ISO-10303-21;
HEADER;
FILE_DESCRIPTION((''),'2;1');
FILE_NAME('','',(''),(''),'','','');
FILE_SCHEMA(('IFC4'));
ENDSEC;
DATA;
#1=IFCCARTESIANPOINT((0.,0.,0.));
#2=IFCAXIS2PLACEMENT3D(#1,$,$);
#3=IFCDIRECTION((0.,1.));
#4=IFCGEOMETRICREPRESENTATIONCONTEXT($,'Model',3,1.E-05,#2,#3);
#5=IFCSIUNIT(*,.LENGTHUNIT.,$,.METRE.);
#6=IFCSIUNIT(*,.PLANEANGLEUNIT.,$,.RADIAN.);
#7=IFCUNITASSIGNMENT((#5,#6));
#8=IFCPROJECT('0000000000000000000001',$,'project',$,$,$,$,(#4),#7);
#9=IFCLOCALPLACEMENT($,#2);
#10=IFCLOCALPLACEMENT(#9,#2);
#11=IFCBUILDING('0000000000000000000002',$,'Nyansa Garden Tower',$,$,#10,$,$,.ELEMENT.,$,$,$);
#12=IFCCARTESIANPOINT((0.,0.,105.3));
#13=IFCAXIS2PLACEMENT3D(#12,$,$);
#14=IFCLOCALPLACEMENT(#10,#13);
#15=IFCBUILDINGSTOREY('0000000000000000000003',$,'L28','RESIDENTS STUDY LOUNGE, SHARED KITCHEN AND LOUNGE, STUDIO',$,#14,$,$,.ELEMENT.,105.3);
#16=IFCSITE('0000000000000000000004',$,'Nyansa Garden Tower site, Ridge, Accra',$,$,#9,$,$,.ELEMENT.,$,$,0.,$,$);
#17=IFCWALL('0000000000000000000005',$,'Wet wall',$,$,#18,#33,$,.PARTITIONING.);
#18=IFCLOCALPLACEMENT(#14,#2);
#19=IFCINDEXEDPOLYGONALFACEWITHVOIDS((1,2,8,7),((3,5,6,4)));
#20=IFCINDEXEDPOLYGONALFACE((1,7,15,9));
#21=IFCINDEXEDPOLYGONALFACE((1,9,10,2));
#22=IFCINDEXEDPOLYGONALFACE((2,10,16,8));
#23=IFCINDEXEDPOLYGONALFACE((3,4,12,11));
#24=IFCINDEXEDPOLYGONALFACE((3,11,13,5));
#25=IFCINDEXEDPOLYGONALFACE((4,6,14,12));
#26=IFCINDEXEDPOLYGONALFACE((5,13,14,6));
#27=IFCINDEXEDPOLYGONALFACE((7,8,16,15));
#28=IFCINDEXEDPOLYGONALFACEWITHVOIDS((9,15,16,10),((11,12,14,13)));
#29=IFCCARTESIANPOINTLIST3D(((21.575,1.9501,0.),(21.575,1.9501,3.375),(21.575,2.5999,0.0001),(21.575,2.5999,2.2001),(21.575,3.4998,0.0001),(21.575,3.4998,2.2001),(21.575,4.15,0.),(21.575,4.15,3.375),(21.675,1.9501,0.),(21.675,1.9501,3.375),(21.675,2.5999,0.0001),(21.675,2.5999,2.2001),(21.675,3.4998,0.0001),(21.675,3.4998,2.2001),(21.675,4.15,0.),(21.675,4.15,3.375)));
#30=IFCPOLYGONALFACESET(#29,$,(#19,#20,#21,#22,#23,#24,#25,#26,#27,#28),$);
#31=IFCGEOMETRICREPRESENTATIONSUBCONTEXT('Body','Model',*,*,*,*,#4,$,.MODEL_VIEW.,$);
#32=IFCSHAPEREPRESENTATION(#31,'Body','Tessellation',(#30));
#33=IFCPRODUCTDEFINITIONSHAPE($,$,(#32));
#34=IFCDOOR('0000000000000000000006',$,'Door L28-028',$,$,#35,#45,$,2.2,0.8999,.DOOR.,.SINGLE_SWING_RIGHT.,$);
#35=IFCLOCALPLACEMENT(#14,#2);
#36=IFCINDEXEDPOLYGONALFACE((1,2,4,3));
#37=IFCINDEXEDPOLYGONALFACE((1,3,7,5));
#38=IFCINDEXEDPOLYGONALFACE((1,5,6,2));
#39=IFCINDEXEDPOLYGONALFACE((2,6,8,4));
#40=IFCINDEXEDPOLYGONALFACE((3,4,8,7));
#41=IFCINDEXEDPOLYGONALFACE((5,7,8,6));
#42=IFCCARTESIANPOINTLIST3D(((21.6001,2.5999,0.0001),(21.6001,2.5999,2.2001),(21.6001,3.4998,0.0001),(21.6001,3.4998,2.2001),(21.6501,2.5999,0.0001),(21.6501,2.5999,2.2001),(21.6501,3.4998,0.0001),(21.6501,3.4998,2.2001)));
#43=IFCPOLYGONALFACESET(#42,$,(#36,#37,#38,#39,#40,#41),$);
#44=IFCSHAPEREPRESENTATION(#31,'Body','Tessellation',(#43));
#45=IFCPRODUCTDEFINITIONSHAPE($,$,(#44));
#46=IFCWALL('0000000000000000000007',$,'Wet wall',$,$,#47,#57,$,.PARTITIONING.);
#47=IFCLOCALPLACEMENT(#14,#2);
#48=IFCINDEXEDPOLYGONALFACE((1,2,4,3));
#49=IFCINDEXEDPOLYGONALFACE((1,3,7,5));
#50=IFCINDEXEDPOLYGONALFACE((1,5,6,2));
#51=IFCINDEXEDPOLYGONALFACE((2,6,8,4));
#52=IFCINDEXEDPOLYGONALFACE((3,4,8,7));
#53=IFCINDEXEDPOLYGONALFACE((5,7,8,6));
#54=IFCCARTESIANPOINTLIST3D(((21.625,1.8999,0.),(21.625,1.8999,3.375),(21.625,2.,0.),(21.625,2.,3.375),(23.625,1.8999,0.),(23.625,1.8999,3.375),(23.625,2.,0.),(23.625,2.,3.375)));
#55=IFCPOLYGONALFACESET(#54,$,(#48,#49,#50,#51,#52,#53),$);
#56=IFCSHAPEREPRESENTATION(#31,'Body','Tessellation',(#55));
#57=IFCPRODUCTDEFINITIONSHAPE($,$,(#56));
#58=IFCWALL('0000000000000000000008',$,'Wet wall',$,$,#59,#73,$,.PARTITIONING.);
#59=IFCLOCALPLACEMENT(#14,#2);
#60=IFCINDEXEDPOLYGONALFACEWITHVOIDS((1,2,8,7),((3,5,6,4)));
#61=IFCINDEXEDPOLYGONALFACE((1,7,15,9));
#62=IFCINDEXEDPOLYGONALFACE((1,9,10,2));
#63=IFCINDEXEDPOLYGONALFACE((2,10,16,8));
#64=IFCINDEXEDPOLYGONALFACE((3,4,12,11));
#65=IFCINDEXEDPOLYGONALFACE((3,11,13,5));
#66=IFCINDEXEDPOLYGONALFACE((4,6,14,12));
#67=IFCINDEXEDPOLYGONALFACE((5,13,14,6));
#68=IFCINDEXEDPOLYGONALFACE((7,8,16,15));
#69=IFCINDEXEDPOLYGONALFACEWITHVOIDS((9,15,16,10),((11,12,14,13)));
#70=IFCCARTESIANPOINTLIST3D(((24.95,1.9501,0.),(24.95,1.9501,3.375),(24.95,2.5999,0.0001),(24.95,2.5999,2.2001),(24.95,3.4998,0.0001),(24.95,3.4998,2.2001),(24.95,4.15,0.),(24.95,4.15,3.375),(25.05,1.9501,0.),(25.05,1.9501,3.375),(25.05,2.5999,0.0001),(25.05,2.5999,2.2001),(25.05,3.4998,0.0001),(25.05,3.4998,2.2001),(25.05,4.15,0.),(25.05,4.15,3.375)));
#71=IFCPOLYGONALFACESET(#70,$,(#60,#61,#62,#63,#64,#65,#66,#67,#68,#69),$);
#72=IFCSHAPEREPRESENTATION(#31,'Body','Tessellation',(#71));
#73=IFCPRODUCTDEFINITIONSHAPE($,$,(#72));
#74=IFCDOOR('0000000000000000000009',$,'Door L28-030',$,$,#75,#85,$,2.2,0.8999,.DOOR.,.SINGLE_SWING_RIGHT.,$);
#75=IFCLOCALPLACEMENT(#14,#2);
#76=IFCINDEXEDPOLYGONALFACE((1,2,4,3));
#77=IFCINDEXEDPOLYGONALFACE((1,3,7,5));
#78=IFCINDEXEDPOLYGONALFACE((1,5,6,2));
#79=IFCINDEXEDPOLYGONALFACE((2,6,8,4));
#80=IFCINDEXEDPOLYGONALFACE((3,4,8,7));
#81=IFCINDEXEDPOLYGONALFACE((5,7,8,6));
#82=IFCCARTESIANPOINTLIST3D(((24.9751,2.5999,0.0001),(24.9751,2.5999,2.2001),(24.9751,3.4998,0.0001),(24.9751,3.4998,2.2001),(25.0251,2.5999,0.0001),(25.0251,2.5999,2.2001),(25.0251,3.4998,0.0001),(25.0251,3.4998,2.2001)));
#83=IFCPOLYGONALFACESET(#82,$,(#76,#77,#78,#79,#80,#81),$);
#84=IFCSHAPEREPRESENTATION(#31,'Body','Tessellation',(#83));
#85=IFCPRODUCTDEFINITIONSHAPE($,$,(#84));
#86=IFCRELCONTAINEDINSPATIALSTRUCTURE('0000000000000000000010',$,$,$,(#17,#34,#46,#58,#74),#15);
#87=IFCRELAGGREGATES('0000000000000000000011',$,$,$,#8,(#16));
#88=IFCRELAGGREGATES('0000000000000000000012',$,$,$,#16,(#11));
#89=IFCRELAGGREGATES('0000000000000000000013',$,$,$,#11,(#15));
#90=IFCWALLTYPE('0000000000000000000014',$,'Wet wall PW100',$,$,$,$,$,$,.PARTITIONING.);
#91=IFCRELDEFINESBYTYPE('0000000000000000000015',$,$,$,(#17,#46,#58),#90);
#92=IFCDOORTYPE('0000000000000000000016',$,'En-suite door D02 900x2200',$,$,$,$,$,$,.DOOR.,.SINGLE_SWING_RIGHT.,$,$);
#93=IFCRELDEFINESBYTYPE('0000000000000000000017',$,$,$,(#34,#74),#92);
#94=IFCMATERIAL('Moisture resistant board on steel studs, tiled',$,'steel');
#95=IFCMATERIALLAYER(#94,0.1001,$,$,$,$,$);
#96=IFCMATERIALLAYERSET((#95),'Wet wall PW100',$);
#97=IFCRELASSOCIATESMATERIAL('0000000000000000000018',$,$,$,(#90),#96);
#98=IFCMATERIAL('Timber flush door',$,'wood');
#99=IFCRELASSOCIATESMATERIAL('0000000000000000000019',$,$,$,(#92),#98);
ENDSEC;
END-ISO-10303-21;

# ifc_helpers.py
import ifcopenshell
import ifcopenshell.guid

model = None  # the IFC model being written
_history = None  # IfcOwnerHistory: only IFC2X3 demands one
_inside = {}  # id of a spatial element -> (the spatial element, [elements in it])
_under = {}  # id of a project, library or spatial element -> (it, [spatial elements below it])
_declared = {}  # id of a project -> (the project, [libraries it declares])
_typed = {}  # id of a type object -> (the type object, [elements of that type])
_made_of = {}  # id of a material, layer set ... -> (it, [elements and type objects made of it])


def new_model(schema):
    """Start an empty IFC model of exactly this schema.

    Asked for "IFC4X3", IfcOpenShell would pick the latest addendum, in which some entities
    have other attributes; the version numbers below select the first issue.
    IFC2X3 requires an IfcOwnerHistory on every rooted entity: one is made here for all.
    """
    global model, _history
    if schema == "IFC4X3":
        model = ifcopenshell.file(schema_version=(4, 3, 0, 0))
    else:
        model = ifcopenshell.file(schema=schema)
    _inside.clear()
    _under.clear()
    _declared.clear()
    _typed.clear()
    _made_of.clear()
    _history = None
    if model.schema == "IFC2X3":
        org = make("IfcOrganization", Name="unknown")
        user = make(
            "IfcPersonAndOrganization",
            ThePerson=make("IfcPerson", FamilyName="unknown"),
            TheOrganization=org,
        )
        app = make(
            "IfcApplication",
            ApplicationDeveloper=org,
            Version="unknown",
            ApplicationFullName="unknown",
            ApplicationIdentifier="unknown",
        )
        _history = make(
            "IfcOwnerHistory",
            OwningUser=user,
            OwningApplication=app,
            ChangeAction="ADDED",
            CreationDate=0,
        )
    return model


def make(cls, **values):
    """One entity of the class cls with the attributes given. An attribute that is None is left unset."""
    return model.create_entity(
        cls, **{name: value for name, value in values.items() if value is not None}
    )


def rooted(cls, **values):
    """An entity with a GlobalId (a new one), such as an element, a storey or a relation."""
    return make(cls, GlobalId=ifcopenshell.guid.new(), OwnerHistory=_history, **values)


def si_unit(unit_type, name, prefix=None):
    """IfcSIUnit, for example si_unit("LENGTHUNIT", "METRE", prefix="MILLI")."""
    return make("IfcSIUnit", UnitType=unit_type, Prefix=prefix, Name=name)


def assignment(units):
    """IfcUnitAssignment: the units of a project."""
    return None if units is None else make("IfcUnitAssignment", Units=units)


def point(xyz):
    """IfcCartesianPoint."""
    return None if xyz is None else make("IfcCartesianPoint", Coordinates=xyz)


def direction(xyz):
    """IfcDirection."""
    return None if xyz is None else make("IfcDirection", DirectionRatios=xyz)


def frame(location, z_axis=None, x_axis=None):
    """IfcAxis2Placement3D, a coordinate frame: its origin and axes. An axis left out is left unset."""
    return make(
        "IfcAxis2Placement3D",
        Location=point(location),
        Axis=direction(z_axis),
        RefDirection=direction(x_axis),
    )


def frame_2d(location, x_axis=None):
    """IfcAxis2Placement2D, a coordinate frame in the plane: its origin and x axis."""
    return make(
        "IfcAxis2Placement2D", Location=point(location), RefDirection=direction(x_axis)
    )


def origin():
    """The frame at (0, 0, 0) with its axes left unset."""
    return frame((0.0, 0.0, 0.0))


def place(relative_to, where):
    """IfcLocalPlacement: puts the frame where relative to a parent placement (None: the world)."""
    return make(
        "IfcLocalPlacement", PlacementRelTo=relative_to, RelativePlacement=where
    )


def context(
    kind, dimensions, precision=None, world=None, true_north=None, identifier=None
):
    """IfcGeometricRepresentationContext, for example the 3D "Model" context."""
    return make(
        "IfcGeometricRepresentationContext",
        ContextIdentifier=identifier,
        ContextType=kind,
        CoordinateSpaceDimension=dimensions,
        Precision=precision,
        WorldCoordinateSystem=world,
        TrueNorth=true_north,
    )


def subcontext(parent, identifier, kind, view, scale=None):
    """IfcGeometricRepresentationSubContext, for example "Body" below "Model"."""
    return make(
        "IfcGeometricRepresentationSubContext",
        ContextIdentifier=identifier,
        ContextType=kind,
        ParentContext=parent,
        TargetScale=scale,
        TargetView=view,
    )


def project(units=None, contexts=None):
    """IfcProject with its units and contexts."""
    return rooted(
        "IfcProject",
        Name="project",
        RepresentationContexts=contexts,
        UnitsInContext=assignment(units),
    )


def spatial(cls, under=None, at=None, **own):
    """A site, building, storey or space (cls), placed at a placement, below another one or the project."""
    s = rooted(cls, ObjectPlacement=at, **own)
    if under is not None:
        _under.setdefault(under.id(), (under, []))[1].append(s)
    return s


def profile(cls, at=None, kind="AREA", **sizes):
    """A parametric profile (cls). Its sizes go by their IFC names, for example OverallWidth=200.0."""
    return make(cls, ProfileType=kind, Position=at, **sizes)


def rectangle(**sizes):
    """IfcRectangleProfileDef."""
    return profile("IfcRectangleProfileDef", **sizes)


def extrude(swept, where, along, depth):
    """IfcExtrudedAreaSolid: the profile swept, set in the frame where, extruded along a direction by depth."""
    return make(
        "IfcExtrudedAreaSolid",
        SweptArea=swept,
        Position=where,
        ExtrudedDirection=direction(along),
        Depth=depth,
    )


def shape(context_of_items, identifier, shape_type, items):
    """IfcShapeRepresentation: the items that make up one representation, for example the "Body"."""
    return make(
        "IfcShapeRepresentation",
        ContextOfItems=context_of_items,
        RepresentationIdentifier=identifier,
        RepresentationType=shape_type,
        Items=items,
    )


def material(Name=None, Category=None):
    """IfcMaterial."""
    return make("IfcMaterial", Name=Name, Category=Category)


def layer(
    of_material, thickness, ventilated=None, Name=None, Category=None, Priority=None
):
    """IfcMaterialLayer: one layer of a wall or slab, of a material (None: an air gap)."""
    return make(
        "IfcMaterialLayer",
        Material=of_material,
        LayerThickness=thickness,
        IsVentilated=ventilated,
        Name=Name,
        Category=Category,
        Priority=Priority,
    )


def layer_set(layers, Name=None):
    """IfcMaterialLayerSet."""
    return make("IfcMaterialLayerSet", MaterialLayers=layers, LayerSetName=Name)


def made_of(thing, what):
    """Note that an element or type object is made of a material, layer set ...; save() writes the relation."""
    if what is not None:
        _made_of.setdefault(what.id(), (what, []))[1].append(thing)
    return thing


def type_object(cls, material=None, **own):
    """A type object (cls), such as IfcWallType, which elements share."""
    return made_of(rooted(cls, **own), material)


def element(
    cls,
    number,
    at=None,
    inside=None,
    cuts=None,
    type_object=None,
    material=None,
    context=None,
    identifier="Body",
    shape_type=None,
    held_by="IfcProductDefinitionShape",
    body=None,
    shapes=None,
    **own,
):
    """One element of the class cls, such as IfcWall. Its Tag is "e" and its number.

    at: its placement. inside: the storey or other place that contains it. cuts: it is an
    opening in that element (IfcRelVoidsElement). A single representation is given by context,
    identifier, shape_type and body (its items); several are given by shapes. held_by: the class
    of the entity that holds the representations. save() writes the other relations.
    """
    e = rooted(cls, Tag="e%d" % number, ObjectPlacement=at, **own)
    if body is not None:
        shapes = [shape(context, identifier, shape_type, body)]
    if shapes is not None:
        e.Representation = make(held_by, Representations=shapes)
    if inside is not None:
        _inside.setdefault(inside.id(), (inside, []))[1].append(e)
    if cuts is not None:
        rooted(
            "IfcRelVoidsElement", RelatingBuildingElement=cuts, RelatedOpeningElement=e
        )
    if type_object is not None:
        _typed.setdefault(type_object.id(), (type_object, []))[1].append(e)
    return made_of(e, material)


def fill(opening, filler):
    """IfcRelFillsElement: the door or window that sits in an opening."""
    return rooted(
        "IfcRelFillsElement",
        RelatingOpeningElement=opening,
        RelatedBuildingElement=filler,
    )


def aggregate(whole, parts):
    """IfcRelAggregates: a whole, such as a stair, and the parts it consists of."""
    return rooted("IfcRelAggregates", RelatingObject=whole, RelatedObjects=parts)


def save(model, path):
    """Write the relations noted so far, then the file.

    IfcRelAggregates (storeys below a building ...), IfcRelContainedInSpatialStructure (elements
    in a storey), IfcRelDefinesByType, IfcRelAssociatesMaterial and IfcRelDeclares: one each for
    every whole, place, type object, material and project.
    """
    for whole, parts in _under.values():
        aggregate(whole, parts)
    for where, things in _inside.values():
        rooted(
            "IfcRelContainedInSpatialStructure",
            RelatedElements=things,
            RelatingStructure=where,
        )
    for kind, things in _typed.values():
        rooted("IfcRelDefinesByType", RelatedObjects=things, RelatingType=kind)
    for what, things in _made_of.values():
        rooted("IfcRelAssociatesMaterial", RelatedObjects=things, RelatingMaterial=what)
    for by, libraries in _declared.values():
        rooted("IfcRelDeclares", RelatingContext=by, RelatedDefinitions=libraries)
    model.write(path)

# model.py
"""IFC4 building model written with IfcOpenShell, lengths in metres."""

from ifc_helpers import new_model, si_unit, direction, frame, frame_2d, origin, place, context, subcontext, project, spatial, rectangle, extrude, material, layer, layer_set, type_object, element, fill, save


model = new_model("IFC4")

# Units and contexts
model_context = context("Model", 3, precision=1e-05, world=origin(), true_north=direction((0.0, 1.0)))
body_context = subcontext(model_context, "Body", "Model", "MODEL_VIEW")
ifc_project = project(units=[si_unit("LENGTHUNIT", "METRE"), si_unit("PLANEANGLEUNIT", "RADIAN")], contexts=[model_context])

# Site, building, storey
site_placement = place(None, origin())
site = spatial("IfcSite", under=ifc_project, at=site_placement, Name="Nyansa Garden Tower site, Ridge, Accra", CompositionType="ELEMENT", RefElevation=0.0)
building_placement = place(site_placement, origin())
building = spatial("IfcBuilding", under=site, at=building_placement, Name="Nyansa Garden Tower", CompositionType="ELEMENT")
storey_placement = place(building_placement, frame((0.0, 0.0, 105.3)))
storey = spatial("IfcBuildingStorey", under=building, at=storey_placement, Name="L28", Description="RESIDENTS STUDY LOUNGE, SHARED KITCHEN AND LOUNGE, STUDIO", CompositionType="ELEMENT", Elevation=105.3)

# Wall, opening, door
ifc_material_1 = material(Name="Moisture resistant board on steel studs, tiled", Category="steel")
ifc_layer_1 = layer(ifc_material_1, 0.1001)
ifc_layer_set_1 = layer_set([ifc_layer_1], Name="Wet wall PW100")
wall_type_1 = type_object("IfcWallType", Name="Wet wall PW100", PredefinedType="PARTITIONING", material=ifc_layer_set_1)
wall_1_placement = place(storey_placement, frame((21.625, 1.95, 0.0), z_axis=(0.0, 0.0, 1.0), x_axis=(0.0, 1.0, 0.0)))
wall_1 = element("IfcWall", 1, at=wall_1_placement, inside=storey, type_object=wall_type_1, Name="Wet wall", PredefinedType="PARTITIONING", context=body_context, shape_type="SweptSolid", body=[
    extrude(rectangle(XDim=2.2, YDim=0.1001, at=frame_2d((1.1001, 0.0))), origin(), (0.0, 0.0, 1.0), 3.375),
])
opening_1_placement = place(wall_1_placement, frame((0.6499, 0.0, 0.0)))
opening_1 = element("IfcOpeningElement", 2, at=opening_1_placement, cuts=wall_1, PredefinedType="OPENING", context=body_context, shape_type="SweptSolid", body=[
    extrude(rectangle(XDim=0.8999, YDim=2.2, at=frame_2d((0.45, 1.1001))), frame((0.0, 0.0601, 0.0), z_axis=(0.0, -1.0, 0.0), x_axis=(1.0, 0.0, 0.0)), (0.0, 0.0, 1.0), 0.1201),
])
ifc_material_2 = material(Name="Timber flush door", Category="wood")
door_type_1 = type_object("IfcDoorType", Name="En-suite door D02 900x2200", OperationType="SINGLE_SWING_RIGHT", PredefinedType="DOOR", material=ifc_material_2)
door_1_placement = place(opening_1_placement, origin())
door_1 = element("IfcDoor", 3, at=door_1_placement, inside=storey, type_object=door_type_1, Name="Door L28-028", OperationType="SINGLE_SWING_RIGHT", OverallHeight=2.2, OverallWidth=0.8999, PredefinedType="DOOR", context=body_context, shape_type="SweptSolid", body=[
    extrude(rectangle(XDim=0.8999, YDim=2.2, at=frame_2d((0.45, 1.1001))), frame((0.0, 0.0249, 0.0), z_axis=(0.0, -1.0, 0.0), x_axis=(1.0, 0.0, 0.0)), (0.0, 0.0, 1.0), 0.05),
])
fill(opening_1, door_1)

# Wall
wall_2_placement = place(storey_placement, frame((21.625, 1.95, 0.0), z_axis=(0.0, 0.0, 1.0), x_axis=(1.0, 0.0, 0.0)))
element("IfcWall", 4, at=wall_2_placement, inside=storey, type_object=wall_type_1, Name="Wet wall", PredefinedType="PARTITIONING", context=body_context, shape_type="SweptSolid", body=[
    extrude(rectangle(XDim=2.0, YDim=0.1001, at=frame_2d((1.0, 0.0))), origin(), (0.0, 0.0, 1.0), 3.375),
])

# Wall, opening, door
wall_3_placement = place(storey_placement, frame((25.0, 1.95, 0.0), z_axis=(0.0, 0.0, 1.0), x_axis=(0.0, 1.0, 0.0)))
wall_3 = element("IfcWall", 5, at=wall_3_placement, inside=storey, type_object=wall_type_1, Name="Wet wall", PredefinedType="PARTITIONING", context=body_context, shape_type="SweptSolid", body=[
    extrude(rectangle(XDim=2.2, YDim=0.1001, at=frame_2d((1.1001, 0.0))), origin(), (0.0, 0.0, 1.0), 3.375),
])
opening_2_placement = place(wall_3_placement, frame((0.6499, 0.0, 0.0)))
opening_2 = element("IfcOpeningElement", 6, at=opening_2_placement, cuts=wall_3, PredefinedType="OPENING", context=body_context, shape_type="SweptSolid", body=[
    extrude(rectangle(XDim=0.8999, YDim=2.2, at=frame_2d((0.45, 1.1001))), frame((0.0, 0.0601, 0.0), z_axis=(0.0, -1.0, 0.0), x_axis=(1.0, 0.0, 0.0)), (0.0, 0.0, 1.0), 0.1201),
])
door_2_placement = place(opening_2_placement, origin())
door_2 = element("IfcDoor", 7, at=door_2_placement, inside=storey, type_object=door_type_1, Name="Door L28-030", OperationType="SINGLE_SWING_RIGHT", OverallHeight=2.2, OverallWidth=0.8999, PredefinedType="DOOR", context=body_context, shape_type="SweptSolid", body=[
    extrude(rectangle(XDim=0.8999, YDim=2.2, at=frame_2d((0.45, 1.1001))), frame((0.0, 0.0249, 0.0), z_axis=(0.0, -1.0, 0.0), x_axis=(1.0, 0.0, 0.0)), (0.0, 0.0, 1.0), 0.05),
])
fill(opening_2, door_2)

save(model, "model.ifc")
